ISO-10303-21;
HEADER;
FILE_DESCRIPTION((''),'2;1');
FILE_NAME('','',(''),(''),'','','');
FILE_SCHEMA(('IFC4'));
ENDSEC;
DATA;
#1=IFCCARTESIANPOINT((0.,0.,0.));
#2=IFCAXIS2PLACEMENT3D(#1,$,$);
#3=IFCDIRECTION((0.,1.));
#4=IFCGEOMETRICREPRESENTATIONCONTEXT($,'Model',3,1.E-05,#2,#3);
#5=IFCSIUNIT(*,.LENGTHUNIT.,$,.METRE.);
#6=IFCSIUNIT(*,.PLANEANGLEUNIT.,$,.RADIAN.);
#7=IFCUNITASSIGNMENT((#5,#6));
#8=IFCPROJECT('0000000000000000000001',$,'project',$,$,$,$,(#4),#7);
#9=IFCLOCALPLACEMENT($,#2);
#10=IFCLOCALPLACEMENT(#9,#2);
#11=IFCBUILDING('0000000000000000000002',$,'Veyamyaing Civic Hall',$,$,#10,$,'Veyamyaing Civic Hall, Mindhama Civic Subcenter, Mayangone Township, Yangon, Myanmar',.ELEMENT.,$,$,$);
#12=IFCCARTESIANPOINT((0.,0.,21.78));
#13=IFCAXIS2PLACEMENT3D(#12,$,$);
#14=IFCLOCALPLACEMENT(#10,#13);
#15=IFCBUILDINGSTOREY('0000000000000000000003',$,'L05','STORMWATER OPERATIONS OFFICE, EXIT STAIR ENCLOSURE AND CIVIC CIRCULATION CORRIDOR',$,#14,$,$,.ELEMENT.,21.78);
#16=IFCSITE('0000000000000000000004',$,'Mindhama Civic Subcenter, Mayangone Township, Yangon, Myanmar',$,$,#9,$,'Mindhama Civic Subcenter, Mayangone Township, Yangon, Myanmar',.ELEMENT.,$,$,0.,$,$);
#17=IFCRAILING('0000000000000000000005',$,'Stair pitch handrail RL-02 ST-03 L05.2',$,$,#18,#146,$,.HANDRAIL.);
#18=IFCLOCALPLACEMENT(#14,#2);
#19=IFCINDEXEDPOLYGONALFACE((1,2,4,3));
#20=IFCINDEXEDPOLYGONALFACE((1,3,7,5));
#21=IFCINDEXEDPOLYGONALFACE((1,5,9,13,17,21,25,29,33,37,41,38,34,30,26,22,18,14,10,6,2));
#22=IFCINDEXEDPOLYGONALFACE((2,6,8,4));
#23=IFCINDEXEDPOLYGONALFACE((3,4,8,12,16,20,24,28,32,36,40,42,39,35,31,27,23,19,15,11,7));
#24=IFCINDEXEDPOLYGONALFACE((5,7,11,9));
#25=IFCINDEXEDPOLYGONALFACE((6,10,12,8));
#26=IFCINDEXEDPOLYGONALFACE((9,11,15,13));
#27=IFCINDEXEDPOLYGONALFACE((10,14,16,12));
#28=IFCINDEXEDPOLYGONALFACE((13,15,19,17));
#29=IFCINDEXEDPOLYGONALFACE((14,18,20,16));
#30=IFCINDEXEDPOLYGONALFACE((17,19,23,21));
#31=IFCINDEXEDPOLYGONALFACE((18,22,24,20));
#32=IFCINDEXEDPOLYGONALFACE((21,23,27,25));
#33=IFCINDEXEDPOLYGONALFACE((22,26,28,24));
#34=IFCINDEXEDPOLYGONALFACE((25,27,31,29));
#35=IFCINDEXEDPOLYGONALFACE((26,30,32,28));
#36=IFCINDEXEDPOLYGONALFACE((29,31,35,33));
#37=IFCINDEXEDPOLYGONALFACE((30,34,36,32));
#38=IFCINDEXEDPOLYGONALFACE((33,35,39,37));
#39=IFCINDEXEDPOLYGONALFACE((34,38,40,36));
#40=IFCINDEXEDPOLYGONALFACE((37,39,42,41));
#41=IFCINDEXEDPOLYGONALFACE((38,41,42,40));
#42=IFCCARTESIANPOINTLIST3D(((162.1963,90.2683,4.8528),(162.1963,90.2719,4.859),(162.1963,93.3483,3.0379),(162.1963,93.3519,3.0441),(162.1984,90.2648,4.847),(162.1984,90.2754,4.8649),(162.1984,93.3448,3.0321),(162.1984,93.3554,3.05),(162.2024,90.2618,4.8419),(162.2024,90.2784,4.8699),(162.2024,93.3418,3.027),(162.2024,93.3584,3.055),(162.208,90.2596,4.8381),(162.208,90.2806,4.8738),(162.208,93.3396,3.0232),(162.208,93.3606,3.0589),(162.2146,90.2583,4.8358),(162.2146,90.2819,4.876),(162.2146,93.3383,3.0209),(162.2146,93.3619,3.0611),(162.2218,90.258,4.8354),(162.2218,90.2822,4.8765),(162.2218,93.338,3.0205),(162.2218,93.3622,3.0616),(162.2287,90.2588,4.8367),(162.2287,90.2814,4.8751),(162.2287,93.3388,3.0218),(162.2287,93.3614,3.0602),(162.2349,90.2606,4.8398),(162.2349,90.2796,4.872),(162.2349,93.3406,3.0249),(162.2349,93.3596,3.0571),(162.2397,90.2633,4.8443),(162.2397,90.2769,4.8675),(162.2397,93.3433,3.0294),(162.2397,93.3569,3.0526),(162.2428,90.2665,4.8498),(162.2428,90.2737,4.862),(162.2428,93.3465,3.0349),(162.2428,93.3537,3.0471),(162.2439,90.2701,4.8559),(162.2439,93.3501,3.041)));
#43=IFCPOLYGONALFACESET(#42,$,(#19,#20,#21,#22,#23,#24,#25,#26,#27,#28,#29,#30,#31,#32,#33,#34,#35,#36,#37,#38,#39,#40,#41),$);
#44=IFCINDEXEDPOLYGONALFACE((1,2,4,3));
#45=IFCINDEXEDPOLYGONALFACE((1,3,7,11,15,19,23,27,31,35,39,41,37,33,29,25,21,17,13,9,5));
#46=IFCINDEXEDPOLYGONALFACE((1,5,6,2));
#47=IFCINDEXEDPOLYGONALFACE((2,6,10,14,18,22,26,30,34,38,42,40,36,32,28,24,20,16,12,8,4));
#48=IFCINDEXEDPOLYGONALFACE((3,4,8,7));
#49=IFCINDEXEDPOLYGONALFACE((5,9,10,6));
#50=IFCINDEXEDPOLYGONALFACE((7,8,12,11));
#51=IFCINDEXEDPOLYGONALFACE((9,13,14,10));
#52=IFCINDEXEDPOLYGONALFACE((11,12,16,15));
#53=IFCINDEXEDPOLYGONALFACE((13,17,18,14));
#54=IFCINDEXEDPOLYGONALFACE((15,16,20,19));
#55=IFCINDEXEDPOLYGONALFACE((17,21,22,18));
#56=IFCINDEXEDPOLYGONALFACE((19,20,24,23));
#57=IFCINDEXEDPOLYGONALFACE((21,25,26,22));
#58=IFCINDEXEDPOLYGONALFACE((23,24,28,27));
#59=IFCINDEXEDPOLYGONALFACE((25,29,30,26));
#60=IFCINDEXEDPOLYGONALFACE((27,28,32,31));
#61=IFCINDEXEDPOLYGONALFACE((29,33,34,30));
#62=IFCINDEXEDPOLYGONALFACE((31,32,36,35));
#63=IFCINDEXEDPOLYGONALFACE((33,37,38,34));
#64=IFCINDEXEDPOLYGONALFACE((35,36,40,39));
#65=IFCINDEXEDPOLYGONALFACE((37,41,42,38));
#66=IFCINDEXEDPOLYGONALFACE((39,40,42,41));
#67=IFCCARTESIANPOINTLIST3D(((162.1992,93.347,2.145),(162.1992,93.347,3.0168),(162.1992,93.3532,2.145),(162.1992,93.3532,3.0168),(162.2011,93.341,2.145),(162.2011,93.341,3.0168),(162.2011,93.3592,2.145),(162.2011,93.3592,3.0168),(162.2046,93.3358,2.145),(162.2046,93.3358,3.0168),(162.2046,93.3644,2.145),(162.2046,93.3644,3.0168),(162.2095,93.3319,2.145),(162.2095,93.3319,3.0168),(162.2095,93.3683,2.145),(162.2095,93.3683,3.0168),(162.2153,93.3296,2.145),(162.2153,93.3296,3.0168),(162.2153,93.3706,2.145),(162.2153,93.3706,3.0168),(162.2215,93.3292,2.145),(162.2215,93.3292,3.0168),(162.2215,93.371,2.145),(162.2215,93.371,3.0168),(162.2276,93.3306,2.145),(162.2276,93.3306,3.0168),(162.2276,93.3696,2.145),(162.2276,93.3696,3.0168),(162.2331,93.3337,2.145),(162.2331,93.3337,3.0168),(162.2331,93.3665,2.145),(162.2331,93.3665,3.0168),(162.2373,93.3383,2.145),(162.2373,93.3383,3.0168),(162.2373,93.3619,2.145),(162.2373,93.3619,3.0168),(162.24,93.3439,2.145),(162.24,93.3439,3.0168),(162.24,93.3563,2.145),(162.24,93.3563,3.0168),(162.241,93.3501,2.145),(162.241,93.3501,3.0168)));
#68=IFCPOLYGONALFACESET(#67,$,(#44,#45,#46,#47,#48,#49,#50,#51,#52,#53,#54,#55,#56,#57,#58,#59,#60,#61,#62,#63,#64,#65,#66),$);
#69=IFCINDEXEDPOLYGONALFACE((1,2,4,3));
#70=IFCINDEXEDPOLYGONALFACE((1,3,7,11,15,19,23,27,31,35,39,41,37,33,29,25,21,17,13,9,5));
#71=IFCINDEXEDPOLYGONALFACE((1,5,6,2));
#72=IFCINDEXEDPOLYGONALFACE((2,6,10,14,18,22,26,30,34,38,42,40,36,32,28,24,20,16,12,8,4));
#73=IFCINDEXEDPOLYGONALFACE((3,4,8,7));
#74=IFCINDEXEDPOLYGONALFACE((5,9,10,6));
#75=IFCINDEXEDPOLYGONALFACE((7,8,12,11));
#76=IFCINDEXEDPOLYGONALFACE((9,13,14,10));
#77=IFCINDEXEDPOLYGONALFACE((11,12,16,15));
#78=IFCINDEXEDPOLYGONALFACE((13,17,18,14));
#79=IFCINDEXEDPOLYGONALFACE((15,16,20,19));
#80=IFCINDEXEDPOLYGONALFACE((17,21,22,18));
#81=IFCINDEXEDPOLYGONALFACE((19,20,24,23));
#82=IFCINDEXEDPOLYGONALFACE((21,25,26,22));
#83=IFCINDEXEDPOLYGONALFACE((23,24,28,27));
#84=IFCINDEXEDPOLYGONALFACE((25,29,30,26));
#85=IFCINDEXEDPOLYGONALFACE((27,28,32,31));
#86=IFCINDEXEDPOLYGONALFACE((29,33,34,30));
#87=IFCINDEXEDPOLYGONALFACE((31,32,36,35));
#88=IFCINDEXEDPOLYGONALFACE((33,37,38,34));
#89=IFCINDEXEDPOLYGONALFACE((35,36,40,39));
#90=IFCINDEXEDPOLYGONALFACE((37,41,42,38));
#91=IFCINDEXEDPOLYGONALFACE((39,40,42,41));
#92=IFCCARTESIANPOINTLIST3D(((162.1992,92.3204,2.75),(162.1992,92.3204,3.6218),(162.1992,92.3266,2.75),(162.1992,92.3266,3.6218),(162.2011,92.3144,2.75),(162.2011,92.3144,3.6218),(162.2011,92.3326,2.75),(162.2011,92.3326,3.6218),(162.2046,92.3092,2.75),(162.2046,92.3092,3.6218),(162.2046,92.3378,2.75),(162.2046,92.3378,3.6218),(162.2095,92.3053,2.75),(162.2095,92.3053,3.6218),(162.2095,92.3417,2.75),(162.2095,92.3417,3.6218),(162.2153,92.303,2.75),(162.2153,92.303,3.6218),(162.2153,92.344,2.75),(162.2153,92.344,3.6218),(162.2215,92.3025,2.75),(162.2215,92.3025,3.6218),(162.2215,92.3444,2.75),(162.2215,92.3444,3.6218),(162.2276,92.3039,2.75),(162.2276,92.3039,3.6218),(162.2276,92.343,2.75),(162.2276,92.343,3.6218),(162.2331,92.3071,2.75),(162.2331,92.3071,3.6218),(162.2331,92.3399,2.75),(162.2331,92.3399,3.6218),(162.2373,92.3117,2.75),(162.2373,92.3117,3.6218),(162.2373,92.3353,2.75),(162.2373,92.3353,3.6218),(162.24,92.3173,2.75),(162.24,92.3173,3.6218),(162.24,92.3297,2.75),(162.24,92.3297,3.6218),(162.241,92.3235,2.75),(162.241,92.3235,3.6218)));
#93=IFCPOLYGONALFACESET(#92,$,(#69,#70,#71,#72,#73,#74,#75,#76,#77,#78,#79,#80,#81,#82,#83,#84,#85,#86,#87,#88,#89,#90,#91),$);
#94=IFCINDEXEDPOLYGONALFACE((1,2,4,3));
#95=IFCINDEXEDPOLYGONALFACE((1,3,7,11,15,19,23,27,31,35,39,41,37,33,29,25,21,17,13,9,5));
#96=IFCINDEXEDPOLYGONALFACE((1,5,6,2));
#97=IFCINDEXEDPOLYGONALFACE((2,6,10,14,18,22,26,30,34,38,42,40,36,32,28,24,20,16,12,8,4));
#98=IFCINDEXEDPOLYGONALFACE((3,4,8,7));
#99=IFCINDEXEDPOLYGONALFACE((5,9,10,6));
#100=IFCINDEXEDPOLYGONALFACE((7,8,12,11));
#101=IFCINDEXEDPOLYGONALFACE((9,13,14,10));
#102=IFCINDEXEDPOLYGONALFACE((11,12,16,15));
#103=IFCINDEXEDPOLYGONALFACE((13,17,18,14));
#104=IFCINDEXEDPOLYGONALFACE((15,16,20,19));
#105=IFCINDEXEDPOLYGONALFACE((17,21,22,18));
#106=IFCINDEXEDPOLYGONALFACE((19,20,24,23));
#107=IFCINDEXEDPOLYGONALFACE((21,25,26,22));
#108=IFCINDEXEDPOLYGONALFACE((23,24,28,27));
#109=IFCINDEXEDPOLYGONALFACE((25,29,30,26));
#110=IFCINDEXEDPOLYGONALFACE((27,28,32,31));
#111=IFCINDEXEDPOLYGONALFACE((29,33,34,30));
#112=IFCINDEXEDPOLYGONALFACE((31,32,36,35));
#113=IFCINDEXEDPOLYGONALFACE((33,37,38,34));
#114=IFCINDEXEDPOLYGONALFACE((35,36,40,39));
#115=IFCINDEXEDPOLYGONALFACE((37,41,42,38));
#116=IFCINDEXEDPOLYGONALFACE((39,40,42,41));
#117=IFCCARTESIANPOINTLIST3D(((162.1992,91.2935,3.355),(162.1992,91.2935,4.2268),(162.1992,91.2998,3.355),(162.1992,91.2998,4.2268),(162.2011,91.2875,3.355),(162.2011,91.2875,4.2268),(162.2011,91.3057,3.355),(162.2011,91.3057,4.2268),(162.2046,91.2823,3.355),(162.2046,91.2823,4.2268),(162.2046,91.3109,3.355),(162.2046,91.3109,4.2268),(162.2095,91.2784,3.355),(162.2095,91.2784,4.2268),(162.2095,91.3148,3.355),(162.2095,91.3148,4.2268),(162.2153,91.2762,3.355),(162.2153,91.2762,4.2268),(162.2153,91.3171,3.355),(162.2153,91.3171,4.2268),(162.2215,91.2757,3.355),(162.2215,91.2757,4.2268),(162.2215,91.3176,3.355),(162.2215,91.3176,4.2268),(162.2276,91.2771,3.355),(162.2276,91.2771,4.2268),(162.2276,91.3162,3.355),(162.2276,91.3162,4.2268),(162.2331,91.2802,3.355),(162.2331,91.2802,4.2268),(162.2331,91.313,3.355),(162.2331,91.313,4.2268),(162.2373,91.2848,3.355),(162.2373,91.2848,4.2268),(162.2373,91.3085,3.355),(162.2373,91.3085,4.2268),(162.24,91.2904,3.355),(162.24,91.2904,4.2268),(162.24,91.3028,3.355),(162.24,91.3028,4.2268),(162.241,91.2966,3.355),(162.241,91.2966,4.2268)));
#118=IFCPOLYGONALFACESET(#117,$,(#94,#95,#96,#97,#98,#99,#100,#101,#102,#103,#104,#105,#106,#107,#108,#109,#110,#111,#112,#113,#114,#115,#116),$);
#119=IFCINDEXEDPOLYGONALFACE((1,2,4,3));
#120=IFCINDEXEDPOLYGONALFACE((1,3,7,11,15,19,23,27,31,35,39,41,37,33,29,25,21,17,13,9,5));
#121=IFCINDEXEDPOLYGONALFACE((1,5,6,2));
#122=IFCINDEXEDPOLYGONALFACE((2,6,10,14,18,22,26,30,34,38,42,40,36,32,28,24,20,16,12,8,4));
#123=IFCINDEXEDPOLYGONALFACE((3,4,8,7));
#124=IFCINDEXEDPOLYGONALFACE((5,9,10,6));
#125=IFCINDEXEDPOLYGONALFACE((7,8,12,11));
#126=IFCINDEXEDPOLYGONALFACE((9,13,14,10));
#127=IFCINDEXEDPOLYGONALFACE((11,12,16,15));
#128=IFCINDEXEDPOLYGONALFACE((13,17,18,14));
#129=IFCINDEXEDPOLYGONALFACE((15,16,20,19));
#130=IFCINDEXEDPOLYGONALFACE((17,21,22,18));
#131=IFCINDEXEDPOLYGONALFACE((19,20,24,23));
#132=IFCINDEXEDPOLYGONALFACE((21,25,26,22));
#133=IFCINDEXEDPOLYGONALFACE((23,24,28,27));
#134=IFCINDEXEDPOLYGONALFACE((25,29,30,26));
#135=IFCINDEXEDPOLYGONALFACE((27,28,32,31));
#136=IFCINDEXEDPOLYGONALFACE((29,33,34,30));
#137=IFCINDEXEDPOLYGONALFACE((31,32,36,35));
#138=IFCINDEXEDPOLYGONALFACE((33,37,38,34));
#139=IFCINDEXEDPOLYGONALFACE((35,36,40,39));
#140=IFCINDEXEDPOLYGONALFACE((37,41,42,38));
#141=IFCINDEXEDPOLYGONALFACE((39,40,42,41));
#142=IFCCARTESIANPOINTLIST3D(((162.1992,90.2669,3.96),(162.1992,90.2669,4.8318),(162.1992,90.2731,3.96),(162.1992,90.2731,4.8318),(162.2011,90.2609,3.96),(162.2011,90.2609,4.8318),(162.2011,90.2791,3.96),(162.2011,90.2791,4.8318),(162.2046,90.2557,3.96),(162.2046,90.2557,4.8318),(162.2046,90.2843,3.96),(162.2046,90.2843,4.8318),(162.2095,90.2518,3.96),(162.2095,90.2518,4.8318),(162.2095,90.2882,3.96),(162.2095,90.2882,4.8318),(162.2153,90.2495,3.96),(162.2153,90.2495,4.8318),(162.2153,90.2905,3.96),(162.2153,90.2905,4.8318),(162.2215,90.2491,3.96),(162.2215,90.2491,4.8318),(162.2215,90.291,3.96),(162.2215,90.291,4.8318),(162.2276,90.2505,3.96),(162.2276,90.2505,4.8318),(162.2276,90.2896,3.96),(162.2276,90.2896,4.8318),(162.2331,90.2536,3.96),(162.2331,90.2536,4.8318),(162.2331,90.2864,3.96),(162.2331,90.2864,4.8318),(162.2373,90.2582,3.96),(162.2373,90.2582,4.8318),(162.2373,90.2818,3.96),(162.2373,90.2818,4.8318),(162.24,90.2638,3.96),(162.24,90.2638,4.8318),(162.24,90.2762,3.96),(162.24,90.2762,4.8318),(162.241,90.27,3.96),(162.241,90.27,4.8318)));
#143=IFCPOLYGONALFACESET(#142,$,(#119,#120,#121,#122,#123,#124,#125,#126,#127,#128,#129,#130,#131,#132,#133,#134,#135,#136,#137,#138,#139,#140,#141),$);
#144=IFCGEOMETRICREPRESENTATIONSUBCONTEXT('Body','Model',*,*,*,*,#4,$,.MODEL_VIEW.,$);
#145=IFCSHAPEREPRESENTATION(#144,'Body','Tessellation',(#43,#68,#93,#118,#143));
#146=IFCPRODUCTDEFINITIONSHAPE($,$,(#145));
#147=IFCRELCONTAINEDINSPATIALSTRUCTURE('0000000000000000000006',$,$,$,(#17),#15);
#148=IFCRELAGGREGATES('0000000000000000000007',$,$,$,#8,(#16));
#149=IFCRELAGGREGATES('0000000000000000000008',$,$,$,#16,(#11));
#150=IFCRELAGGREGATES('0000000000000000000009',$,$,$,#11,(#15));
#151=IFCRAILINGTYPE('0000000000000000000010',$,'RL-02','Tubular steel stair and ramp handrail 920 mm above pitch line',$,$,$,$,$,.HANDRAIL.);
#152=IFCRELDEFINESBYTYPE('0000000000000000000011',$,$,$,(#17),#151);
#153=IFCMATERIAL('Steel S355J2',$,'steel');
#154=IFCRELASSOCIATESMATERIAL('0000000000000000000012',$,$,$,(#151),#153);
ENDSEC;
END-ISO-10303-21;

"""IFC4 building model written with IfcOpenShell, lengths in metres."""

from ifc_helpers import new_model, si_unit, direction, frame, origin, origin_2d, place, context, subcontext, project, spatial, circle, extrude, material, type_object, element, save


model = new_model("IFC4")

# Units and contexts
model_context = context("Model", 3, precision=1e-05, world=origin(), true_north=direction((0.0, 1.0)))
body_context = subcontext(model_context, "Body", "Model", "MODEL_VIEW")
ifc_project = project(units=[si_unit("LENGTHUNIT", "METRE"), si_unit("PLANEANGLEUNIT", "RADIAN")], contexts=[model_context])

# Site, building, storey
site_placement = place(None, origin())
site = spatial("IfcSite", under=ifc_project, at=site_placement, Name="Mindhama Civic Subcenter, Mayangone Township, Yangon, Myanmar", LongName="Mindhama Civic Subcenter, Mayangone Township, Yangon, Myanmar", CompositionType="ELEMENT", RefElevation=0.0)
building_placement = place(site_placement, origin())
building = spatial("IfcBuilding", under=site, at=building_placement, Name="Veyamyaing Civic Hall", LongName="Veyamyaing Civic Hall, Mindhama Civic Subcenter, Mayangone Township, Yangon, Myanmar", CompositionType="ELEMENT")
storey_placement = place(building_placement, frame((0.0, 0.0, 21.78)))
storey = spatial("IfcBuildingStorey", under=building, at=storey_placement, Name="L05", Description="STORMWATER OPERATIONS OFFICE, EXIT STAIR ENCLOSURE AND CIVIC CIRCULATION CORRIDOR", CompositionType="ELEMENT", Elevation=21.78)

# Railing
ifc_material_1 = material(Name="Steel S355J2", Category="steel")
railing_type_1 = type_object("IfcRailingType", Name="RL-02", Description="Tubular steel stair and ramp handrail 920 mm above pitch line", PredefinedType="HANDRAIL", material=ifc_material_1)
railing_1_placement = place(storey_placement, frame((162.22, 93.3501, 2.145)))
element("IfcRailing", 1, at=railing_1_placement, inside=storey, type_object=railing_type_1, Name="Stair pitch handrail RL-02 ST-03 L05.2", PredefinedType="HANDRAIL", context=body_context, shape_type="SweptSolid", body=[
    extrude(circle(Radius=0.0239, at=origin_2d()), frame((0.0, 0.0, 0.896), z_axis=(0.0, -0.861551, 0.507671), x_axis=(1.0, 0.0, 0.0)), (0.0, 0.0, 1.0), 3.575),
    extrude(circle(Radius=0.021, at=origin_2d()), origin(), (0.0, 0.0, 1.0), 0.8718),
    extrude(circle(Radius=0.021, at=origin_2d()), frame((0.0, -1.0266, 0.605)), (0.0, 0.0, 1.0), 0.8718),
    extrude(circle(Radius=0.021, at=origin_2d()), frame((0.0, -2.0535, 1.21)), (0.0, 0.0, 1.0), 0.8718),
    extrude(circle(Radius=0.021, at=origin_2d()), frame((0.0, -3.0801, 1.8149)), (0.0, 0.0, 1.0), 0.8718),
])

save(model, "model.ifc")
